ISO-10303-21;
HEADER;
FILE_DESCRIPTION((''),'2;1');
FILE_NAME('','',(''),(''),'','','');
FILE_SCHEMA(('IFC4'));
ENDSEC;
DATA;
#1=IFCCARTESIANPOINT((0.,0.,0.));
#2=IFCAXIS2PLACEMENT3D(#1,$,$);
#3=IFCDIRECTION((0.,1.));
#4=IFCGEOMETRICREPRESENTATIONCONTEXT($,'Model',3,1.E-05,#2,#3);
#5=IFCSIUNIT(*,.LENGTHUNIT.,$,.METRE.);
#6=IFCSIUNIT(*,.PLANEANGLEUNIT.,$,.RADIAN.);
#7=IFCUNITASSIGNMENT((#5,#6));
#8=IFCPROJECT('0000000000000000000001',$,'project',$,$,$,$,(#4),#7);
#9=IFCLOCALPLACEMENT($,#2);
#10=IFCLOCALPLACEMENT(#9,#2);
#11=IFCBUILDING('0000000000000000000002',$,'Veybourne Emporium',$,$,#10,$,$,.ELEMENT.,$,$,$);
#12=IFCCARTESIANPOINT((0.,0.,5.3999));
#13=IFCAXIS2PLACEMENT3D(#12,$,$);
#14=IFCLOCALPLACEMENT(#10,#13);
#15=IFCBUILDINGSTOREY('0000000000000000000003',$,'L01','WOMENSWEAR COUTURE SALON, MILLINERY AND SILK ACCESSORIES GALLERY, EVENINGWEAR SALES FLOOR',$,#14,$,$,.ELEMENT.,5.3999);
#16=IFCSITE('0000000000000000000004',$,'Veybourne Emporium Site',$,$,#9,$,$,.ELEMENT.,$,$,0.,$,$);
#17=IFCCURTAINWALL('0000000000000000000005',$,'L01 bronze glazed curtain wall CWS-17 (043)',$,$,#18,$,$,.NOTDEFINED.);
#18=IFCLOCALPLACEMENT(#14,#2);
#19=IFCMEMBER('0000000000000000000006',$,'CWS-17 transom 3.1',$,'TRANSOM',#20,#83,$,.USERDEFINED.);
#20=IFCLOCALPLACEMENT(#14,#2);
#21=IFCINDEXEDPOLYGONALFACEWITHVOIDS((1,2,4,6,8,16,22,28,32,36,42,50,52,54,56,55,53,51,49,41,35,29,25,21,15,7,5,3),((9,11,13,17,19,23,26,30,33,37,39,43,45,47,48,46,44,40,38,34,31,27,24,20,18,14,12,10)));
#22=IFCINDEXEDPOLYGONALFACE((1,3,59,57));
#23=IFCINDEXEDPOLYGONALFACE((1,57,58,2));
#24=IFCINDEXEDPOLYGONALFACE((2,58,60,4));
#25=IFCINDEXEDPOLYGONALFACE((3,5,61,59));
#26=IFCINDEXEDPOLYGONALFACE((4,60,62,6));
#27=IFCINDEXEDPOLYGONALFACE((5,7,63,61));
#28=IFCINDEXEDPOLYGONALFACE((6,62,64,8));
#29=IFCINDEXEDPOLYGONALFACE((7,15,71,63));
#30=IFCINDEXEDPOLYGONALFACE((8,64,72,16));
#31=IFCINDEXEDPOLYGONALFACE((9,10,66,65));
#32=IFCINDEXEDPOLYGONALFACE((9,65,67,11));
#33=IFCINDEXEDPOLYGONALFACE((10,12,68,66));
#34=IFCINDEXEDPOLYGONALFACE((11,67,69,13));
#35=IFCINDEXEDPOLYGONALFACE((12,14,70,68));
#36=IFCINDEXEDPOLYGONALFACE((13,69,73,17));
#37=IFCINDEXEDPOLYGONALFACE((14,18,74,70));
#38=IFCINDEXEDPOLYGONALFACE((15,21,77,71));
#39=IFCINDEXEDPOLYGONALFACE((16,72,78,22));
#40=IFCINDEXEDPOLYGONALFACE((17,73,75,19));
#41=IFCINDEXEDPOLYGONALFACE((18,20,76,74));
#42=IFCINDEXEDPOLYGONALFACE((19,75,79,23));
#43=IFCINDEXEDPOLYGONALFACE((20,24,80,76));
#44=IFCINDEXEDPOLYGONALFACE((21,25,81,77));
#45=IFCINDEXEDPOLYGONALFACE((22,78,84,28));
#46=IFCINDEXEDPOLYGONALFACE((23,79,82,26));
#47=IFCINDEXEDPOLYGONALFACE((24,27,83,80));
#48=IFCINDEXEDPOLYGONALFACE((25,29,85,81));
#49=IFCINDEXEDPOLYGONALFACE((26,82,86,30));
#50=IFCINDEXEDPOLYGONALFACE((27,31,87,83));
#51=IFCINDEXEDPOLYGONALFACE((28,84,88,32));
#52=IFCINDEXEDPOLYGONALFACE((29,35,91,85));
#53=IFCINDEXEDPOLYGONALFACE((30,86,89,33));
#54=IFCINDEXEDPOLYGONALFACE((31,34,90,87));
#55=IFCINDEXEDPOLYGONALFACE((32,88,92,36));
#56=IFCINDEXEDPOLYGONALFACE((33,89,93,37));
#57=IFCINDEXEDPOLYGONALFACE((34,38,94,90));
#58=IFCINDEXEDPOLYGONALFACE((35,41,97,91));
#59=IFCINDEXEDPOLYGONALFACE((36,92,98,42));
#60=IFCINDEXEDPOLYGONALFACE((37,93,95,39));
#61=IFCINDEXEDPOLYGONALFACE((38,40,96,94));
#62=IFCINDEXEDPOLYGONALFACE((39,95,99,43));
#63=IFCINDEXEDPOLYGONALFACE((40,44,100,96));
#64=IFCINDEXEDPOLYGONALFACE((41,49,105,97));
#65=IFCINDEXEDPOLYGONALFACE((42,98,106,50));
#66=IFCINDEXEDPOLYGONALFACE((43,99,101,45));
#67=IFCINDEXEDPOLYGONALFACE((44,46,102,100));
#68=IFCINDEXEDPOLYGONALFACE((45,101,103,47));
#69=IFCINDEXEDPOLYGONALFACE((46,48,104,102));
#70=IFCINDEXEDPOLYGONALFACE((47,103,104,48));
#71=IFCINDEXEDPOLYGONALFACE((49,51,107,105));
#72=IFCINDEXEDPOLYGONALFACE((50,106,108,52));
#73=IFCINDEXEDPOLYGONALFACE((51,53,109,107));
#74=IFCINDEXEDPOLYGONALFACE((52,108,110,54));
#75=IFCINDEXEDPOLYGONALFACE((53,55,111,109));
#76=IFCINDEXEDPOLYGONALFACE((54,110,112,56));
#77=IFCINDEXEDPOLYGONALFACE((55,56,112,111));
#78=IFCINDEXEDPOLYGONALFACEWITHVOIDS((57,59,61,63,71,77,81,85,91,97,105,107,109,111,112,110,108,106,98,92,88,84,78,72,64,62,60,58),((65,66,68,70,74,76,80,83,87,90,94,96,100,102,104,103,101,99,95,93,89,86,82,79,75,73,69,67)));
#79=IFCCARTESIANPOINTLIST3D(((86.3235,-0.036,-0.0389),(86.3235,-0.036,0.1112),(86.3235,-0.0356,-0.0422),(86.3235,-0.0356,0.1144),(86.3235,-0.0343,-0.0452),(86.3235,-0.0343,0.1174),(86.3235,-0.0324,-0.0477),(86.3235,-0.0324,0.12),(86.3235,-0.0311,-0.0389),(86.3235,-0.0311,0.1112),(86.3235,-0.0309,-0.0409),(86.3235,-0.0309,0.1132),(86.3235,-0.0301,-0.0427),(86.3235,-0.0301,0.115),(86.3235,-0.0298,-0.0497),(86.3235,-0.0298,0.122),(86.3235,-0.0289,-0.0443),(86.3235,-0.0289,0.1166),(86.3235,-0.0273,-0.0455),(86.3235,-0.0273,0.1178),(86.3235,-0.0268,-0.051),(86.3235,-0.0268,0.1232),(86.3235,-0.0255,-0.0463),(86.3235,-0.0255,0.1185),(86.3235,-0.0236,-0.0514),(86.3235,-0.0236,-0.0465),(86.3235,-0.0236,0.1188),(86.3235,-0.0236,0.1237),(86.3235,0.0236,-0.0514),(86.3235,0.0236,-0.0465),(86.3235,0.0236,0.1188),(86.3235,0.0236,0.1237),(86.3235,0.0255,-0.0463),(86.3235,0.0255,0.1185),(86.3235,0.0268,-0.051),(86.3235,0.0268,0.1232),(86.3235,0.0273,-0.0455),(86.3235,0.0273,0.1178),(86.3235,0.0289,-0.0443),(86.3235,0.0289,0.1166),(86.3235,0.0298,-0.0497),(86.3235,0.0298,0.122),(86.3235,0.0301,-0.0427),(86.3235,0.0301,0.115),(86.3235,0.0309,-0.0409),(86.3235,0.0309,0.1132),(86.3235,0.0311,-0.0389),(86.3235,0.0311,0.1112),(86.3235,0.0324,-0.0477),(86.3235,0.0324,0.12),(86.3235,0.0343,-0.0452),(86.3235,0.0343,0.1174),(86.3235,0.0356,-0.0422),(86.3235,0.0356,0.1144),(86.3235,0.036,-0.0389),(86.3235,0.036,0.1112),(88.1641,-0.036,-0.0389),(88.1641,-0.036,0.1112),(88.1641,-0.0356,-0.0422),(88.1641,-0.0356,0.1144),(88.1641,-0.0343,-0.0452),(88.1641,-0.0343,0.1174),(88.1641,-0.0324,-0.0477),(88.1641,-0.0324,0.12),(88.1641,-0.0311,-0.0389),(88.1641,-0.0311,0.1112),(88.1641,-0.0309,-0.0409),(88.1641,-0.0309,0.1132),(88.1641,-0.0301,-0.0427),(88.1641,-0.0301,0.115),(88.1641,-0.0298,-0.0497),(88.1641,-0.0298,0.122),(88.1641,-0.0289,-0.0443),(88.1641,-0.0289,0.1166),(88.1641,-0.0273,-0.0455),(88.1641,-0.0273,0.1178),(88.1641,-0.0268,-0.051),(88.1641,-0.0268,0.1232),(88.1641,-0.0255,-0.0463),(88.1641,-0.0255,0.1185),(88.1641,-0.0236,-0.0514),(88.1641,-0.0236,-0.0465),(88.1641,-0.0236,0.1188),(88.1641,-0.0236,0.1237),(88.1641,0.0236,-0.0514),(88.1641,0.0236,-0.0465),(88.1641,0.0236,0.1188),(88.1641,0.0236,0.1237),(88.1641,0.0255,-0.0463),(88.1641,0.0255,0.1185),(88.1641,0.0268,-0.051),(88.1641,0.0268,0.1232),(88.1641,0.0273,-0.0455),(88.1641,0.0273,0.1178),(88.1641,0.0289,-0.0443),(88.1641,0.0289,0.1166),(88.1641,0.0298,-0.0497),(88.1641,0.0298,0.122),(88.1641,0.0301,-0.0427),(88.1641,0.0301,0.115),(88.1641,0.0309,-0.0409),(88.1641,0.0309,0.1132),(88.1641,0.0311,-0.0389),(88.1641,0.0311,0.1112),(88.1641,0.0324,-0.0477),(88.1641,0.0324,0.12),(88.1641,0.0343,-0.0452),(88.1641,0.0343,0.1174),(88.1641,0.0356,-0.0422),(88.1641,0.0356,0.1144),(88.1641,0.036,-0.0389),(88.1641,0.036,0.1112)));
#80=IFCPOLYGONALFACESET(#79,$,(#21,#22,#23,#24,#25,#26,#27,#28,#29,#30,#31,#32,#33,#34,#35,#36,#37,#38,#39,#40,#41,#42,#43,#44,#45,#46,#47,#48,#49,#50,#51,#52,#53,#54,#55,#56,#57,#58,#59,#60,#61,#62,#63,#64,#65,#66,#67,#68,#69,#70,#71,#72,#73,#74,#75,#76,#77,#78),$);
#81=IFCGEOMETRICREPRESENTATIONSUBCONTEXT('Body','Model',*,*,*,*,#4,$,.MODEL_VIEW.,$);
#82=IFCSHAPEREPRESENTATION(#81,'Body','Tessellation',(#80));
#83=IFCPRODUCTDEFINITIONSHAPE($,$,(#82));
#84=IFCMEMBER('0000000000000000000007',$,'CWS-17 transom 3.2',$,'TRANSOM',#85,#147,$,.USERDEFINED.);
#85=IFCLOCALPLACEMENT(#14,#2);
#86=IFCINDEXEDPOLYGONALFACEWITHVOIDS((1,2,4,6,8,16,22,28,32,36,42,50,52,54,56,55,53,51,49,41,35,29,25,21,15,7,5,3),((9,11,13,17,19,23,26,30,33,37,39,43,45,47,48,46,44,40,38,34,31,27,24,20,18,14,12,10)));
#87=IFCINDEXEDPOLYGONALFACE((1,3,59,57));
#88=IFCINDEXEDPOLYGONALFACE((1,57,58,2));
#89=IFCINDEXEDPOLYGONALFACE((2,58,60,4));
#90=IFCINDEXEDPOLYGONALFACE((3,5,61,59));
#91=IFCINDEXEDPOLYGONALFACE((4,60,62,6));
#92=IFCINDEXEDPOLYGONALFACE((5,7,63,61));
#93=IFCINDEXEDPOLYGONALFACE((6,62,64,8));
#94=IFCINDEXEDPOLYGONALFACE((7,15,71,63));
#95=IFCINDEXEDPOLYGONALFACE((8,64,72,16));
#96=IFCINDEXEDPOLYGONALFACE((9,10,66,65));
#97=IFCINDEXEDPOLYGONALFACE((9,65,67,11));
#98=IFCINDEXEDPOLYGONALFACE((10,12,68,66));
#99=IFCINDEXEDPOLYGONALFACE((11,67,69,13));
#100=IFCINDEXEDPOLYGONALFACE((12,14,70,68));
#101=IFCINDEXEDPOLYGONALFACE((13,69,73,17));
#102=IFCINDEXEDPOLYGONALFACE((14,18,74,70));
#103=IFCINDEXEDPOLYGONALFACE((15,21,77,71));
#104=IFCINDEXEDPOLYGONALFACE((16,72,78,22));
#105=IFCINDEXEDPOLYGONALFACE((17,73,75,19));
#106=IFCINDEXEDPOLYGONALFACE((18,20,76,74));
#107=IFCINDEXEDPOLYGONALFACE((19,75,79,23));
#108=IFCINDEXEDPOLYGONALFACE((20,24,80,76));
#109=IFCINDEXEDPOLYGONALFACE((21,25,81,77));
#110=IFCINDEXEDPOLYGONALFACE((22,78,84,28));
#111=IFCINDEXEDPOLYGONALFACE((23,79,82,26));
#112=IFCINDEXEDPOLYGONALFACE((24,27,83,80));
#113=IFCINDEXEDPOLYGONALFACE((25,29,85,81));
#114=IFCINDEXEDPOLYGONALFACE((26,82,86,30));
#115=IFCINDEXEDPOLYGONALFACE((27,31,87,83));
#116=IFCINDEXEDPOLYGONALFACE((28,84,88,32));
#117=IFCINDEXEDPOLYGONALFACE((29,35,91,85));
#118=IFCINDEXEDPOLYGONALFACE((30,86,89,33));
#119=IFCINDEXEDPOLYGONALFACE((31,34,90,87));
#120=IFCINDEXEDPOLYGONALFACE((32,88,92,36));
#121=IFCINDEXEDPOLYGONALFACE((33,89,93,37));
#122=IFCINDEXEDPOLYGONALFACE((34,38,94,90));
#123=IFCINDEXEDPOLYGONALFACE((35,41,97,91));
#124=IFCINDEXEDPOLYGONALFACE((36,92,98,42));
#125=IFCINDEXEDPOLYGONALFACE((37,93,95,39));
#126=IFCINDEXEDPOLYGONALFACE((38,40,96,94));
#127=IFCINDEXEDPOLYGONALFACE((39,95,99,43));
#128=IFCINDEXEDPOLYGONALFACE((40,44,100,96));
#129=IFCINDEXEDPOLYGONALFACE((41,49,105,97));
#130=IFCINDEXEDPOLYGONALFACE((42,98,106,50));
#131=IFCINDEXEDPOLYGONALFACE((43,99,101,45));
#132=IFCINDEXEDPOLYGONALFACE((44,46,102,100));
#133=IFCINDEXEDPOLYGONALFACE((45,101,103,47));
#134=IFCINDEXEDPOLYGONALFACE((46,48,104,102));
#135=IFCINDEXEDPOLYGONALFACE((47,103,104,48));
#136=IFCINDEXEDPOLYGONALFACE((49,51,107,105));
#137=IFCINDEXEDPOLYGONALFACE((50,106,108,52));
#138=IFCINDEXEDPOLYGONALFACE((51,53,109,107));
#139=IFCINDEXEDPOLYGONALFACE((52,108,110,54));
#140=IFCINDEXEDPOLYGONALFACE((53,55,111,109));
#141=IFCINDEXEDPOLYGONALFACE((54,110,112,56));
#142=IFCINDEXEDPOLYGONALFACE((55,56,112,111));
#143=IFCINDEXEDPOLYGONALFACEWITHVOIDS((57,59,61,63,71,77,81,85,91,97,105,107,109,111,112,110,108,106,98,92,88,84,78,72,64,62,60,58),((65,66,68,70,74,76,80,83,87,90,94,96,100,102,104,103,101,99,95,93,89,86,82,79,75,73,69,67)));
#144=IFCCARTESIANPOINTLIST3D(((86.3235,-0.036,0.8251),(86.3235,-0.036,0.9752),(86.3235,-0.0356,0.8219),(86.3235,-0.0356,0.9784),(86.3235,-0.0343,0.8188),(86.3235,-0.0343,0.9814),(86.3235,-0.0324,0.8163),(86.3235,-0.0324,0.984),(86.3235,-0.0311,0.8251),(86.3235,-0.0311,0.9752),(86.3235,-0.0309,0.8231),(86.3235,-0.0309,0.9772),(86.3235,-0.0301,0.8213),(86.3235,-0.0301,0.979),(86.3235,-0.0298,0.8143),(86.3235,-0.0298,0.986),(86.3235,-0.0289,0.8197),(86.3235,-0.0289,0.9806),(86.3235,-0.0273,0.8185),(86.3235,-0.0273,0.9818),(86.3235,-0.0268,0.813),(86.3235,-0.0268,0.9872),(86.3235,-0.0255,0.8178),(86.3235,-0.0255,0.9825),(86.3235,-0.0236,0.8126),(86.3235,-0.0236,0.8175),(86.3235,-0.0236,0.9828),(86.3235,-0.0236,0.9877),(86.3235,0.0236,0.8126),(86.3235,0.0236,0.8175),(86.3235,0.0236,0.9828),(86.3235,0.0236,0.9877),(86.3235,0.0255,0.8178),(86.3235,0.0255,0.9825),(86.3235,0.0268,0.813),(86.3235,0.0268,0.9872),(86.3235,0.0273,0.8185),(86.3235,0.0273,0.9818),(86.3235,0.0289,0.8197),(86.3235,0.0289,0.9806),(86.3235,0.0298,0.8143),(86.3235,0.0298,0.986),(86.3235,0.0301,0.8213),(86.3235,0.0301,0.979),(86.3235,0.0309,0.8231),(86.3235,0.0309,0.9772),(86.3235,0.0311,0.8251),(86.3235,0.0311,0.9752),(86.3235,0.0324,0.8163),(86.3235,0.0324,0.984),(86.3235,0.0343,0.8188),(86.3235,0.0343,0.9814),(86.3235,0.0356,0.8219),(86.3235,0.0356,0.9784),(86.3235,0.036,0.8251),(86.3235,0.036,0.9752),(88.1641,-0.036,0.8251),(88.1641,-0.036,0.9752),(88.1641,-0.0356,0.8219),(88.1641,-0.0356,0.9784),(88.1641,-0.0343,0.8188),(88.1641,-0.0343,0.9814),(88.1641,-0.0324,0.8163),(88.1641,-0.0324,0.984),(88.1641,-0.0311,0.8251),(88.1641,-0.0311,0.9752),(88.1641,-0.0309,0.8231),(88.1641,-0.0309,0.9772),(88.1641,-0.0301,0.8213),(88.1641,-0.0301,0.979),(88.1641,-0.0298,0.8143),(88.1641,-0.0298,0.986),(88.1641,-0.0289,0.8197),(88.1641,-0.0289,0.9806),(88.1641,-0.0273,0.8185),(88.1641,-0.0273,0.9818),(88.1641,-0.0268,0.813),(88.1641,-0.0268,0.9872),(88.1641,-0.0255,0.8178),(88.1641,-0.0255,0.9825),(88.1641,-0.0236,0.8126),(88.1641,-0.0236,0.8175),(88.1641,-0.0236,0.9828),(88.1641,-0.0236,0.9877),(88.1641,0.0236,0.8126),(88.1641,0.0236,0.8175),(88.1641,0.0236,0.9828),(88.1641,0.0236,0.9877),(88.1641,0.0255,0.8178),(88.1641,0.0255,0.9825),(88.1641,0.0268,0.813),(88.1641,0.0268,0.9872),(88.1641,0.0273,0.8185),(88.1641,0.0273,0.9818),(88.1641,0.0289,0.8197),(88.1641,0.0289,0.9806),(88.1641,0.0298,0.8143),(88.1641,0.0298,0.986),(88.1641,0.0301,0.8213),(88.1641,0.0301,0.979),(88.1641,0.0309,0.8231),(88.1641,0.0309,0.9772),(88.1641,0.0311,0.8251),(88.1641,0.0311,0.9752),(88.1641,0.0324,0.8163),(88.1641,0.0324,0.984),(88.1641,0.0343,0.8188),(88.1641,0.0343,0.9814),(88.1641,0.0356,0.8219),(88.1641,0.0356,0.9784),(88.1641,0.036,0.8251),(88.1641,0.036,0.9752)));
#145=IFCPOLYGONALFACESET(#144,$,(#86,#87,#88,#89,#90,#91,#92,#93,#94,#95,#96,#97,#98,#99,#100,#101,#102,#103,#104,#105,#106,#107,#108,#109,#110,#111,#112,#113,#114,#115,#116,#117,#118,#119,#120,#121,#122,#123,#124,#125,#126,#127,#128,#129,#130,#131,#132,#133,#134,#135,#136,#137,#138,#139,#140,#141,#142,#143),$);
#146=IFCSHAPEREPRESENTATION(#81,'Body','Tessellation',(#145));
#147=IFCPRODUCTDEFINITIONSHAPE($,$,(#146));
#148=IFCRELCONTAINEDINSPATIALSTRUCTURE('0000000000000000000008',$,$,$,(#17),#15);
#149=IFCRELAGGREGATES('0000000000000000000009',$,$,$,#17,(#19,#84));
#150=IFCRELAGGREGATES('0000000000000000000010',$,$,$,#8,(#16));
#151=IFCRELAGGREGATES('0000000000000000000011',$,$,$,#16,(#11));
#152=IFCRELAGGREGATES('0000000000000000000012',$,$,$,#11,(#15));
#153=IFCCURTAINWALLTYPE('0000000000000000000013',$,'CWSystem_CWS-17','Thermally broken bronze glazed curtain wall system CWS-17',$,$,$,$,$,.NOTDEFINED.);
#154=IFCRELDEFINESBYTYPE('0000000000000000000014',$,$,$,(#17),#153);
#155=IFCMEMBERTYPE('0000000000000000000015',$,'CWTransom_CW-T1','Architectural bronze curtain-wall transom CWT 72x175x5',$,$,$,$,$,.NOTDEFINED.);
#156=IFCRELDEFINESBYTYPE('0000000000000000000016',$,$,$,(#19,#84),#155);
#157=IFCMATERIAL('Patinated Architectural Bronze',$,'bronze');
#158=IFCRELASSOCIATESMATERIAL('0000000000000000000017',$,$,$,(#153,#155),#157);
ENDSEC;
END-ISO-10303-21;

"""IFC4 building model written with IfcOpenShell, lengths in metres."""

from ifc_helpers import new_model, si_unit, direction, frame, origin, origin_2d, place, context, subcontext, project, spatial, hollow_rectangle, extrude, material, material_profile, profile_set, type_object, element, aggregate, save


model = new_model("IFC4")

# Units and contexts
model_context = context("Model", 3, precision=1e-05, world=origin(), true_north=direction((0.0, 1.0)))
body_context = subcontext(model_context, "Body", "Model", "MODEL_VIEW")
ifc_project = project(units=[si_unit("LENGTHUNIT", "METRE"), si_unit("PLANEANGLEUNIT", "RADIAN")], contexts=[model_context])

# Site, building, storey
site_placement = place(None, origin())
site = spatial("IfcSite", under=ifc_project, at=site_placement, Name="Veybourne Emporium Site", CompositionType="ELEMENT", RefElevation=0.0)
building_placement = place(site_placement, origin())
building = spatial("IfcBuilding", under=site, at=building_placement, Name="Veybourne Emporium", CompositionType="ELEMENT")
storey_placement = place(building_placement, frame((0.0, 0.0, 5.3999)))
storey = spatial("IfcBuildingStorey", under=building, at=storey_placement, Name="L01", Description="WOMENSWEAR COUTURE SALON, MILLINERY AND SILK ACCESSORIES GALLERY, EVENINGWEAR SALES FLOOR", CompositionType="ELEMENT", Elevation=5.3999)

# Curtain wall, members
ifc_material_1 = material(Name="Patinated Architectural Bronze", Category="bronze")
curtain_wall_type = type_object("IfcCurtainWallType", Name="CWSystem_CWS-17", Description="Thermally broken bronze glazed curtain wall system CWS-17", PredefinedType="NOTDEFINED", material=ifc_material_1)
curtain_wall_placement = place(storey_placement, origin())
curtain_wall = element("IfcCurtainWall", 1, at=curtain_wall_placement, inside=storey, type_object=curtain_wall_type, Name="L01 bronze glazed curtain wall CWS-17 (043)", PredefinedType="NOTDEFINED")
ifc_material_profile_1 = material_profile(ifc_material_1, hollow_rectangle(XDim=0.072, YDim=0.175, WallThickness=0.0049, InnerFilletRadius=0.0076, OuterFilletRadius=0.0125, at=origin_2d()), Name="CWT 72x175x5")
ifc_profile_set_1 = profile_set([ifc_material_profile_1], Name="Patinated Architectural Bronze")
member_type_1 = type_object("IfcMemberType", Name="CWTransom_CW-T1", Description="Architectural bronze curtain-wall transom CWT 72x175x5", PredefinedType="NOTDEFINED", material=ifc_profile_set_1)
member_1_placement = place(storey_placement, frame((88.1641, 0.0, 0.0361), z_axis=(-1.0, 0.0, 0.0), x_axis=(0.0, -1.0, 0.0)))
member_1 = element("IfcMember", 2, at=member_1_placement, type_object=member_type_1, Name="CWS-17 transom 3.1", ObjectType="TRANSOM", PredefinedType="USERDEFINED", context=body_context, shape_type="SweptSolid", body=[
    extrude(hollow_rectangle(XDim=0.072, YDim=0.175, WallThickness=0.0049, InnerFilletRadius=0.0076, OuterFilletRadius=0.0125, at=origin_2d()), origin(), (0.0, 0.0, 1.0), 1.8406),
])
member_2_placement = place(storey_placement, frame((88.1641, 0.0, 0.9001), z_axis=(-1.0, 0.0, 0.0), x_axis=(0.0, -1.0, 0.0)))
member_2 = element("IfcMember", 3, at=member_2_placement, type_object=member_type_1, Name="CWS-17 transom 3.2", ObjectType="TRANSOM", PredefinedType="USERDEFINED", context=body_context, shape_type="SweptSolid", body=[
    extrude(hollow_rectangle(XDim=0.072, YDim=0.175, WallThickness=0.0049, InnerFilletRadius=0.0076, OuterFilletRadius=0.0125, at=origin_2d()), origin(), (0.0, 0.0, 1.0), 1.8406),
])

aggregate(curtain_wall, [member_1, member_2])

save(model, "model.ifc")
